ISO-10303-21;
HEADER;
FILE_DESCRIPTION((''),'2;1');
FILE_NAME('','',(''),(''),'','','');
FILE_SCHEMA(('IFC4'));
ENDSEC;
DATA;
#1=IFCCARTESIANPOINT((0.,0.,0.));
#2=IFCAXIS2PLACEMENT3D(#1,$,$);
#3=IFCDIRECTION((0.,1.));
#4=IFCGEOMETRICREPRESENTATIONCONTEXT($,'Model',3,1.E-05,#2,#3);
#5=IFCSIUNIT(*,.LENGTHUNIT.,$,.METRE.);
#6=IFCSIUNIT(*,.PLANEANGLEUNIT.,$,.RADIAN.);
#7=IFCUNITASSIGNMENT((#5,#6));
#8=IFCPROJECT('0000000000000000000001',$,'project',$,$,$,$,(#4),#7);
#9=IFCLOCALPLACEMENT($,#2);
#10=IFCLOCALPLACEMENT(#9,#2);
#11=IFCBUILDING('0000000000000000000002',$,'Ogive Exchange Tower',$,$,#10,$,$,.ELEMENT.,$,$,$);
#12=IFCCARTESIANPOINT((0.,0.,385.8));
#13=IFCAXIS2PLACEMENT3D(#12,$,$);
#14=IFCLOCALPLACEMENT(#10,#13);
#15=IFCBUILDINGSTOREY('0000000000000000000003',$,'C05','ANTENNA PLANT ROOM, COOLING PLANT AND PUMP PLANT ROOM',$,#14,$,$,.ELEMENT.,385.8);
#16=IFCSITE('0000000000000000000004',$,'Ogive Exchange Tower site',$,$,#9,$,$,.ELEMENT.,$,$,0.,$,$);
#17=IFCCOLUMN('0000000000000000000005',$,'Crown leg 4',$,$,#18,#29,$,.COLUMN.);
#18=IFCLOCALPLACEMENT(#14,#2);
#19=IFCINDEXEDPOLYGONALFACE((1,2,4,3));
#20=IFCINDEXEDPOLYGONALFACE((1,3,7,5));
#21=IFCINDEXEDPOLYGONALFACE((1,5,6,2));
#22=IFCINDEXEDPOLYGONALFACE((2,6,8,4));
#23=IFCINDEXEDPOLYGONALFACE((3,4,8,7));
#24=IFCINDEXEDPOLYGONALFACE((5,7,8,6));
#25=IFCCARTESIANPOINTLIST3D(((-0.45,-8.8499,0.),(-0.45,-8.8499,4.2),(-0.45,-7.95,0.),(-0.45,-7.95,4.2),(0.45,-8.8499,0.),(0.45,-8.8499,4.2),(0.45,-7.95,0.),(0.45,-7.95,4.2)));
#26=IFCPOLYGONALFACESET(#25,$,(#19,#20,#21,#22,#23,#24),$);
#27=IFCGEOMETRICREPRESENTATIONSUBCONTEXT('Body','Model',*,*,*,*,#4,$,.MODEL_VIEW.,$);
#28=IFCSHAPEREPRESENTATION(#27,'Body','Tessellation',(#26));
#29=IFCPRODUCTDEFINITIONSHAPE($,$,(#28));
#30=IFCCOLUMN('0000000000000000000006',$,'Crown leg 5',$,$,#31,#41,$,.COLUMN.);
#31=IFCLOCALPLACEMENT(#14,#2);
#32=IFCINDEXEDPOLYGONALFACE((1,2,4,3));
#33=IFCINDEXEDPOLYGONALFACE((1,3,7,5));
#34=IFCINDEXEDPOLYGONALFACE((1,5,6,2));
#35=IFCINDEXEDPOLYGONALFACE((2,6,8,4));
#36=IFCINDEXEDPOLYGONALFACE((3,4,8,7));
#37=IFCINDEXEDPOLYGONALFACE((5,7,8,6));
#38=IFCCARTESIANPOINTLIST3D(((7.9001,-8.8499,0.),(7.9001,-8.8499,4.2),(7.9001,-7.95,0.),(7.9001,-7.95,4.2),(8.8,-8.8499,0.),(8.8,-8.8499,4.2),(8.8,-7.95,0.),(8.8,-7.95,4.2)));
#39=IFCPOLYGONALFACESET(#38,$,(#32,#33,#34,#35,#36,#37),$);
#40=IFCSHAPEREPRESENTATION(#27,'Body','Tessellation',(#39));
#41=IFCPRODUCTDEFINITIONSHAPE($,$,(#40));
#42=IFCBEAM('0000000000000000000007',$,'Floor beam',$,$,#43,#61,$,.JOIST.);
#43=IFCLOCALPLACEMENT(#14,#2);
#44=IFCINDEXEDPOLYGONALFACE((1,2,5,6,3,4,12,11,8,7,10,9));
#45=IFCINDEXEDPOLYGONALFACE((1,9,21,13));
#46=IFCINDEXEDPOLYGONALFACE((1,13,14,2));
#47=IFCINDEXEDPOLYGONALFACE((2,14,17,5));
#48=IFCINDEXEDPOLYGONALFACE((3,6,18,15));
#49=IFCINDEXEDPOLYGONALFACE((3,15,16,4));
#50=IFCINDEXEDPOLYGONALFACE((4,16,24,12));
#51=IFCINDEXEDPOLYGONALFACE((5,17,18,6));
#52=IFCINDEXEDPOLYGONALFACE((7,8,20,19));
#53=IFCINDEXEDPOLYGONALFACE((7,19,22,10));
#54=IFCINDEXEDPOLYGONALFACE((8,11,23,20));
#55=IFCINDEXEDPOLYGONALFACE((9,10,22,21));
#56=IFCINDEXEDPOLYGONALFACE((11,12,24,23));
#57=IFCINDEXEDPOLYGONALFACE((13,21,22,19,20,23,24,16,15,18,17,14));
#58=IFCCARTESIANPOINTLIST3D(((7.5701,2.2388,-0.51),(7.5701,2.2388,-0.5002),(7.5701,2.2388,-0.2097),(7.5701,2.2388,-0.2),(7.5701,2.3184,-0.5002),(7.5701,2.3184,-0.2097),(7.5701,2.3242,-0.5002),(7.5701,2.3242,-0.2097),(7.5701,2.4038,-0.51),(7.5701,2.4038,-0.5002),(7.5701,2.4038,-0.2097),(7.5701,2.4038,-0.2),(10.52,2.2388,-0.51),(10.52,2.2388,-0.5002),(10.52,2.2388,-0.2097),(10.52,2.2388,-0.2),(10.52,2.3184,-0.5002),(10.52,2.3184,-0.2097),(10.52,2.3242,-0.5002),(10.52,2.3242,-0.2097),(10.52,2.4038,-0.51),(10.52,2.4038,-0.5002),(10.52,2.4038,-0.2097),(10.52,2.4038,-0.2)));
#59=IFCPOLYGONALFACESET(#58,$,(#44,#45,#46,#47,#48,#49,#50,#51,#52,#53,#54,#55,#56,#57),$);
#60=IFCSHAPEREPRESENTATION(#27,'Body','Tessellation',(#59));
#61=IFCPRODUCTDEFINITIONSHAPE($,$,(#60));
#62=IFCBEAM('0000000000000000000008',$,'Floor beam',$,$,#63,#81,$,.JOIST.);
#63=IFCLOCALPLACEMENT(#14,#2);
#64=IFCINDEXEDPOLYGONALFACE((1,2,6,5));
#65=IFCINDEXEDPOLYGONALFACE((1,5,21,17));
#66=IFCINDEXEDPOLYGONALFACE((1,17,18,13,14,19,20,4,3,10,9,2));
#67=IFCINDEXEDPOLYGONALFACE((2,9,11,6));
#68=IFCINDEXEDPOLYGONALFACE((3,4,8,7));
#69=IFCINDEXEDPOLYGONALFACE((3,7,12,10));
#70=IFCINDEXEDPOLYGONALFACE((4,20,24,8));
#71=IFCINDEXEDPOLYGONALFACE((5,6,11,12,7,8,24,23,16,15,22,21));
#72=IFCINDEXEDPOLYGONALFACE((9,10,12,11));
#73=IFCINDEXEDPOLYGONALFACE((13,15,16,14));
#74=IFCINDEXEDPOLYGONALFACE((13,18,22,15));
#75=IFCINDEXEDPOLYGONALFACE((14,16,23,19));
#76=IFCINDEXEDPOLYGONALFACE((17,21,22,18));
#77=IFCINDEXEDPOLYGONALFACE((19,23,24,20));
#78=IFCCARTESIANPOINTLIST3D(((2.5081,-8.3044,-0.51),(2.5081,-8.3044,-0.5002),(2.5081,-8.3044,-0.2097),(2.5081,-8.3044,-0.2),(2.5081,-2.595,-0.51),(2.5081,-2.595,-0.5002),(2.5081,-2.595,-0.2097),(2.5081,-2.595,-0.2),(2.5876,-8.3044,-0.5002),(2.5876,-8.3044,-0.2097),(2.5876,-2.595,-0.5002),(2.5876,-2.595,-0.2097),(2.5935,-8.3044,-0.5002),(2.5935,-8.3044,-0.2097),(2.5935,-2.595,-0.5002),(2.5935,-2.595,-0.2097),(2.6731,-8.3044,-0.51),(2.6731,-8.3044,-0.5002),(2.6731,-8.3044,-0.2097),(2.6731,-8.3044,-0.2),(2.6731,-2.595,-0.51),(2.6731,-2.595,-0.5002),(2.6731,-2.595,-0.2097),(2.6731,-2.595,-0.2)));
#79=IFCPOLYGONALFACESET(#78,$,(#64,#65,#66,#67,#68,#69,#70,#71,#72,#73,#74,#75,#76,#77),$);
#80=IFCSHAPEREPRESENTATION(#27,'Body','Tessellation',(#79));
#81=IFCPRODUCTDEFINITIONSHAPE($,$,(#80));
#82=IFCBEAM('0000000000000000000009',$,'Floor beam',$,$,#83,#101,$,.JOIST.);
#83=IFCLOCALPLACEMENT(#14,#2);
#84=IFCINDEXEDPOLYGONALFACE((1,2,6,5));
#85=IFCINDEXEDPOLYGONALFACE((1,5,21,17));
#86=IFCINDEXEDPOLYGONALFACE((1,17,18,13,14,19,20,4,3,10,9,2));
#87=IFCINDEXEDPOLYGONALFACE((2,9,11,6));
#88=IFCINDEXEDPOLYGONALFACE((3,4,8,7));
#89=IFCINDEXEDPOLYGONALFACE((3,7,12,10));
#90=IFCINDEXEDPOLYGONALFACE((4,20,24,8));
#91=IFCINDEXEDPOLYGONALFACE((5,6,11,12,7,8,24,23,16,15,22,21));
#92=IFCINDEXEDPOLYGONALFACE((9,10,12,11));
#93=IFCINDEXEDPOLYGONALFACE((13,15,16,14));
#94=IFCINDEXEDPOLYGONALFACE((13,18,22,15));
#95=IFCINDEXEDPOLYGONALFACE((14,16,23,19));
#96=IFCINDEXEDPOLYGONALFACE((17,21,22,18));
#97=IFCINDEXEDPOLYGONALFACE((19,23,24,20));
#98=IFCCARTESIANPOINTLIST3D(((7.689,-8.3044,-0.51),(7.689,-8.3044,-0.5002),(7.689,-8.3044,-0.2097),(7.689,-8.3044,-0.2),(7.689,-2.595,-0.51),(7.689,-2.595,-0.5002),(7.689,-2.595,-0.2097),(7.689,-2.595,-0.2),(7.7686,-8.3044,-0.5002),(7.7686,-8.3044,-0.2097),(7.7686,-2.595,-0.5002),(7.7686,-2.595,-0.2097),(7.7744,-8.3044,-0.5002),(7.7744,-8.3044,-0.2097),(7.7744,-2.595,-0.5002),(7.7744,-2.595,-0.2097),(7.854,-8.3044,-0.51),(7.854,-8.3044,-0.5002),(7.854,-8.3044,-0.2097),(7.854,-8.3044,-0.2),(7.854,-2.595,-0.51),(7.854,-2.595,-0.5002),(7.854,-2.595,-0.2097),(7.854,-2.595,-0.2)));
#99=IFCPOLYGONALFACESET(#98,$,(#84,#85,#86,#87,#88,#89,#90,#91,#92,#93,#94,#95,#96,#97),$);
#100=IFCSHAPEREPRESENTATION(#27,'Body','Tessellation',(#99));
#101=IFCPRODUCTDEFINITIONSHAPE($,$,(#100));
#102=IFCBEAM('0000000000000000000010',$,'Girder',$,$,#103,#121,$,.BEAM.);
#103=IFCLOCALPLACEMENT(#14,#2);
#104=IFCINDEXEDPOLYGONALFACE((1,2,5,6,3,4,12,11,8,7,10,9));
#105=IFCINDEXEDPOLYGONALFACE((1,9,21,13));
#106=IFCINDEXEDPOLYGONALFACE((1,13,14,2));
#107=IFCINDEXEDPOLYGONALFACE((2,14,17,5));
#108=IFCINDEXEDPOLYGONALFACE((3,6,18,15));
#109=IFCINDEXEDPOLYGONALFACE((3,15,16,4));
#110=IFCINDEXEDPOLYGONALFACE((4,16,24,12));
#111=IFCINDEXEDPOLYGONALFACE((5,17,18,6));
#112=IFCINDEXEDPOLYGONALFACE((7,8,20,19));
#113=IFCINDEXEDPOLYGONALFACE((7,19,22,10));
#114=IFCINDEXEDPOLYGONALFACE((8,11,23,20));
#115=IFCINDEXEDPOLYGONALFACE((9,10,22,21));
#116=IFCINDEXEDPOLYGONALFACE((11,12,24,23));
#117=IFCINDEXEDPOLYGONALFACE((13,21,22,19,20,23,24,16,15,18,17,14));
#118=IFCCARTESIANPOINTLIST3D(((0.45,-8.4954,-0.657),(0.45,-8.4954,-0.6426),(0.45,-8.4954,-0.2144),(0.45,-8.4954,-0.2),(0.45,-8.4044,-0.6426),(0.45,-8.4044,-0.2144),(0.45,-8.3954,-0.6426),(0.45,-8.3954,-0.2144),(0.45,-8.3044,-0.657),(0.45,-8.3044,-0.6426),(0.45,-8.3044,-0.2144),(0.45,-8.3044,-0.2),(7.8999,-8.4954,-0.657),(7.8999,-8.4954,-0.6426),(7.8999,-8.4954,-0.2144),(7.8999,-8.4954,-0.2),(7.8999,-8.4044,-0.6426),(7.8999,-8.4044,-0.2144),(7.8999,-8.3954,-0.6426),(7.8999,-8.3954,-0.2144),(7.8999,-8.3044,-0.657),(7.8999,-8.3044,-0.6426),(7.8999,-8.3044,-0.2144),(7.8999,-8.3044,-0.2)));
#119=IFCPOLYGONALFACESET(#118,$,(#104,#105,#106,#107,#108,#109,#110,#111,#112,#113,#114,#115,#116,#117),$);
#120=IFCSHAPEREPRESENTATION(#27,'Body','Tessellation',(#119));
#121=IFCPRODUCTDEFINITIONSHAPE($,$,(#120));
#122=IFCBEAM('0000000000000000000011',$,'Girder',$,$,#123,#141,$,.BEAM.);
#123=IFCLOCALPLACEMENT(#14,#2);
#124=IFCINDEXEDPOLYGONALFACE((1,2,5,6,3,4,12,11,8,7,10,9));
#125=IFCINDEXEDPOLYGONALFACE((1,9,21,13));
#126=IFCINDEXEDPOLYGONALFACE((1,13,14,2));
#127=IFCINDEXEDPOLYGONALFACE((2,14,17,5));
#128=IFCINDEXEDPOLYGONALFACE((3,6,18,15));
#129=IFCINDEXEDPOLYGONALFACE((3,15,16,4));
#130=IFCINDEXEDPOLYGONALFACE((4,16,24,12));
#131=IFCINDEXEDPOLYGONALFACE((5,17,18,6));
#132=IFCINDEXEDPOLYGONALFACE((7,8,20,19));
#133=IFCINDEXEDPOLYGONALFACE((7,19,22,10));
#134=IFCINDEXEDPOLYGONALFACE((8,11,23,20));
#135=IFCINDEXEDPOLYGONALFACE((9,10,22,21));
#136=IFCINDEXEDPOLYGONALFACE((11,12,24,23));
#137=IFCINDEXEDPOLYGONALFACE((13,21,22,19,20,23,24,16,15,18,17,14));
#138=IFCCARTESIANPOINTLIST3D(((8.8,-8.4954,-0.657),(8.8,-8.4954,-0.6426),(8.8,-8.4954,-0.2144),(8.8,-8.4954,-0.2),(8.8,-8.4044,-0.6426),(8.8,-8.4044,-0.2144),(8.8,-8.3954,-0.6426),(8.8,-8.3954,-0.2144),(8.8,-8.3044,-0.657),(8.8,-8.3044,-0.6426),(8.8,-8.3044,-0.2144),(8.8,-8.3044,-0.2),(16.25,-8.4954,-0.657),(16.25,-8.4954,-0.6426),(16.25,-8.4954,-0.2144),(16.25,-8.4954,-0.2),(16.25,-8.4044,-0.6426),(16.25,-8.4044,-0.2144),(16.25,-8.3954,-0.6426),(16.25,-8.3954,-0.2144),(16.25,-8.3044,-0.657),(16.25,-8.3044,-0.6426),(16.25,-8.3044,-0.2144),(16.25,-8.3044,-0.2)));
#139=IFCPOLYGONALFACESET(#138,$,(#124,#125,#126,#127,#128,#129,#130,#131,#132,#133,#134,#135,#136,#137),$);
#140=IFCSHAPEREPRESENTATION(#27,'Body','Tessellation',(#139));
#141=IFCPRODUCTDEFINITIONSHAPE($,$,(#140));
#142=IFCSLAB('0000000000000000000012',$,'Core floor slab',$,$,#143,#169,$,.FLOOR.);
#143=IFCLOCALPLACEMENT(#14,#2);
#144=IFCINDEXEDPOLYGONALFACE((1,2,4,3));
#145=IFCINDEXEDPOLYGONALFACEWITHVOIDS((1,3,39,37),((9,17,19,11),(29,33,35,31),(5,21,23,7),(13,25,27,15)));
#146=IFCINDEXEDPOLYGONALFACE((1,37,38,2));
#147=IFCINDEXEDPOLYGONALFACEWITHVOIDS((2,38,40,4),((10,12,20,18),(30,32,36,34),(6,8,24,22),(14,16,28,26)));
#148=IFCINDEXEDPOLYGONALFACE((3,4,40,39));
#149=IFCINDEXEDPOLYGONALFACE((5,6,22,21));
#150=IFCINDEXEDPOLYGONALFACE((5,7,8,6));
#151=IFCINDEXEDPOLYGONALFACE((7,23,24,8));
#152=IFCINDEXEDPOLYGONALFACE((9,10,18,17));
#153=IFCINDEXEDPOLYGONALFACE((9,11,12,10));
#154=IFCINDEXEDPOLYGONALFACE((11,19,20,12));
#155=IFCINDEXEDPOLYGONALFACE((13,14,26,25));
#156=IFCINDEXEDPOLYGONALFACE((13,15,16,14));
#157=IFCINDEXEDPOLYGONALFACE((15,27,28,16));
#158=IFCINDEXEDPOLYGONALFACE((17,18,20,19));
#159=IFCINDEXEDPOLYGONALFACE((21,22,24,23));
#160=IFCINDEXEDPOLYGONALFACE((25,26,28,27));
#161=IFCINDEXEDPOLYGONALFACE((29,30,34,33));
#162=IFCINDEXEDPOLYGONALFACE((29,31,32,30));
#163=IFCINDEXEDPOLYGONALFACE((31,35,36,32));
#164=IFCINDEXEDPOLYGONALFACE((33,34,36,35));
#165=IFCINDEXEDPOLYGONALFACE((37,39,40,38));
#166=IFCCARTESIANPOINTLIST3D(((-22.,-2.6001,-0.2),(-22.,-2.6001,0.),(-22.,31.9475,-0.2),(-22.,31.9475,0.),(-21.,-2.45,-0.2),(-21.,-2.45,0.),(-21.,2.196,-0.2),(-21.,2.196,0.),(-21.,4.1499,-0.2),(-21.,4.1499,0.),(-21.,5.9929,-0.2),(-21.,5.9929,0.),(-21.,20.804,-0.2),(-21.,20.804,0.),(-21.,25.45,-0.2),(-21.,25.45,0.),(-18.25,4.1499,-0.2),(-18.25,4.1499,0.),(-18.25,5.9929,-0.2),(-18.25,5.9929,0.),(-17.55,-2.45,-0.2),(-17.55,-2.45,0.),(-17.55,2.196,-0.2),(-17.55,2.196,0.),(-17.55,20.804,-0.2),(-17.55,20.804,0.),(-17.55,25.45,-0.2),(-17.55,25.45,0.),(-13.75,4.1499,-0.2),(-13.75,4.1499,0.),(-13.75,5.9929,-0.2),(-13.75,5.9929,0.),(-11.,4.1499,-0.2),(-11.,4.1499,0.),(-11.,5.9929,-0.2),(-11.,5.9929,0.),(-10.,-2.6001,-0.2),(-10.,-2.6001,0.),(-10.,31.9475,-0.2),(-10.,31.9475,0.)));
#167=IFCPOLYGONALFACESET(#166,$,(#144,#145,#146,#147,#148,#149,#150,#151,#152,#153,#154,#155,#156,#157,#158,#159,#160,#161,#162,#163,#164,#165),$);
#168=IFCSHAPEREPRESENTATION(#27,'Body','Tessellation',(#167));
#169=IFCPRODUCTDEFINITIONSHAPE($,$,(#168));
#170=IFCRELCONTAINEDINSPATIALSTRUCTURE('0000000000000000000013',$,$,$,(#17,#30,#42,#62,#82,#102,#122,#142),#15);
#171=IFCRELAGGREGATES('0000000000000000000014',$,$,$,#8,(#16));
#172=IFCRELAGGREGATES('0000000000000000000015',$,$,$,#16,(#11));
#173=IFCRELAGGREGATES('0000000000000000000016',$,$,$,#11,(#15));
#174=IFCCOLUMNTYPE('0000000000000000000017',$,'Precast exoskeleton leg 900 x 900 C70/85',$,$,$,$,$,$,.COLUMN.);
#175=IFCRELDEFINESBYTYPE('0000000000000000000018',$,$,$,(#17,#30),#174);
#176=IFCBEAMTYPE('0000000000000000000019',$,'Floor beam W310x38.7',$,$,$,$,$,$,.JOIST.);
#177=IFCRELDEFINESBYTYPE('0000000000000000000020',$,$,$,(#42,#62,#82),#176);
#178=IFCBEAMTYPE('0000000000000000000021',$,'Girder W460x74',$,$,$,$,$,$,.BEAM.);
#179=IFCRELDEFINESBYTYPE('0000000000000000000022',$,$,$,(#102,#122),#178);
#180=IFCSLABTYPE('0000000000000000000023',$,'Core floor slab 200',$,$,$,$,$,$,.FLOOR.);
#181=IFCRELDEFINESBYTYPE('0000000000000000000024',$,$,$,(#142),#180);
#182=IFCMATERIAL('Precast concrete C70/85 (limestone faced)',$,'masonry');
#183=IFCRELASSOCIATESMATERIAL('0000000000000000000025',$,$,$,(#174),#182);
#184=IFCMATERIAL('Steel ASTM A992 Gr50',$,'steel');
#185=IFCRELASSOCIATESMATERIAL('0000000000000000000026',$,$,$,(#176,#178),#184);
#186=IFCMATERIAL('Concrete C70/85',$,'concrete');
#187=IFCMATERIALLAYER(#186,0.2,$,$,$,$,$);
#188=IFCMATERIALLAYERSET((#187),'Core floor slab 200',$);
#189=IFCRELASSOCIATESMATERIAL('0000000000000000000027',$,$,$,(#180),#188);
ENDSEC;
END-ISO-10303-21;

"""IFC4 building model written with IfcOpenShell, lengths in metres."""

from ifc_helpers import new_model, si_unit, direction, frame, origin, origin_2d, place, context, subcontext, project, spatial, polyline, rectangle, i_section, outline, extrude, material, layer, layer_set, material_profile, profile_set, type_object, element, save


model = new_model("IFC4")

# Units and contexts
model_context = context("Model", 3, precision=1e-05, world=origin(), true_north=direction((0.0, 1.0)))
body_context = subcontext(model_context, "Body", "Model", "MODEL_VIEW")
ifc_project = project(units=[si_unit("LENGTHUNIT", "METRE"), si_unit("PLANEANGLEUNIT", "RADIAN")], contexts=[model_context])

# Site, building, storey
site_placement = place(None, origin())
site = spatial("IfcSite", under=ifc_project, at=site_placement, Name="Ogive Exchange Tower site", CompositionType="ELEMENT", RefElevation=0.0)
building_placement = place(site_placement, origin())
building = spatial("IfcBuilding", under=site, at=building_placement, Name="Ogive Exchange Tower", CompositionType="ELEMENT")
storey_placement = place(building_placement, frame((0.0, 0.0, 385.8)))
storey = spatial("IfcBuildingStorey", under=building, at=storey_placement, Name="C05", Description="ANTENNA PLANT ROOM, COOLING PLANT AND PUMP PLANT ROOM", CompositionType="ELEMENT", Elevation=385.8)

# Columns
ifc_material_1 = material(Name="Precast concrete C70/85 (limestone faced)", Category="masonry")
ifc_material_profile_1 = material_profile(ifc_material_1, rectangle(XDim=0.8999, YDim=0.8999, at=origin_2d()), Name="900 x 900")
ifc_profile_set_1 = profile_set([ifc_material_profile_1], Name="Precast concrete C70/85 (limestone faced)")
column_type = type_object("IfcColumnType", Name="Precast exoskeleton leg 900 x 900 C70/85", PredefinedType="COLUMN", material=ifc_profile_set_1)
for number, where, z_axis, x_axis, name in (
    (1, (0.0, -8.3999, 0.0), (0.0, 0.0, 1.0), (1.0, 0.0, 0.0), "Crown leg 4"),
    (2, (8.3501, -8.3999, 0.0), (0.0, 0.0, 1.0), (1.0, 0.0, 0.0), "Crown leg 5"),
):
    element("IfcColumn", number, at=place(storey_placement, frame(where, z_axis=z_axis, x_axis=x_axis)), inside=storey, type_object=column_type, Name=name, PredefinedType="COLUMN", context=body_context, shape_type="SweptSolid", body=[
        extrude(rectangle(XDim=0.8999, YDim=0.8999, at=origin_2d()), origin(), (0.0, 0.0, 1.0), 4.2),
    ])

# Beams
ifc_material_2 = material(Name="Steel ASTM A992 Gr50", Category="steel")
ifc_material_profile_2 = material_profile(ifc_material_2, i_section(OverallWidth=0.165, OverallDepth=0.3101, WebThickness=0.0059, FlangeThickness=0.0098, at=origin_2d()), Name="W310x38.7")
ifc_profile_set_2 = profile_set([ifc_material_profile_2], Name="Steel ASTM A992 Gr50")
beam_type_1 = type_object("IfcBeamType", Name="Floor beam W310x38.7", PredefinedType="JOIST", material=ifc_profile_set_2)
beam_placement = place(storey_placement, frame((7.5701, 2.3213, -0.355), z_axis=(1.0, 0.0, 0.0), x_axis=(0.0, 1.0, 0.0)))
element("IfcBeam", 3, at=beam_placement, inside=storey, type_object=beam_type_1, Name="Floor beam", PredefinedType="JOIST", context=body_context, shape_type="SweptSolid", body=[
    extrude(i_section(OverallWidth=0.165, OverallDepth=0.3101, WebThickness=0.0059, FlangeThickness=0.0098, at=origin_2d()), origin(), (0.0, 0.0, 1.0), 2.95),
])
for number, where, z_axis, x_axis, name in (
    (4, (2.5906, -8.3044, -0.355), (0.0, 1.0, 0.0), (-1.0, 0.0, 0.0), "Floor beam"),
    (5, (7.7715, -8.3044, -0.355), (0.0, 1.0, 0.0), (-1.0, 0.0, 0.0), "Floor beam"),
):
    element("IfcBeam", number, at=place(storey_placement, frame(where, z_axis=z_axis, x_axis=x_axis)), inside=storey, type_object=beam_type_1, Name=name, PredefinedType="JOIST", context=body_context, shape_type="SweptSolid", body=[
        extrude(i_section(OverallWidth=0.165, OverallDepth=0.3101, WebThickness=0.0059, FlangeThickness=0.0098, at=origin_2d()), origin(), (0.0, 0.0, 1.0), 5.7095),
    ])
ifc_material_profile_3 = material_profile(ifc_material_2, i_section(OverallWidth=0.1909, OverallDepth=0.457, WebThickness=0.009, FlangeThickness=0.0144, at=origin_2d()), Name="W460x74")
ifc_profile_set_3 = profile_set([ifc_material_profile_3], Name="Steel ASTM A992 Gr50")
beam_type_2 = type_object("IfcBeamType", Name="Girder W460x74", PredefinedType="BEAM", material=ifc_profile_set_3)
for number, where, z_axis, x_axis, name in (
    (6, (0.45, -8.3999, -0.4285), (1.0, 0.0, 0.0), (0.0, 1.0, 0.0), "Girder"),
    (7, (8.8, -8.3999, -0.4285), (1.0, 0.0, 0.0), (0.0, 1.0, 0.0), "Girder"),
):
    element("IfcBeam", number, at=place(storey_placement, frame(where, z_axis=z_axis, x_axis=x_axis)), inside=storey, type_object=beam_type_2, Name=name, PredefinedType="BEAM", context=body_context, shape_type="SweptSolid", body=[
        extrude(i_section(OverallWidth=0.1909, OverallDepth=0.457, WebThickness=0.009, FlangeThickness=0.0144, at=origin_2d()), origin(), (0.0, 0.0, 1.0), 7.45),
    ])

# Slab
ifc_material_3 = material(Name="Concrete C70/85", Category="concrete")
ifc_layer_1 = layer(ifc_material_3, 0.2)
ifc_layer_set_1 = layer_set([ifc_layer_1], Name="Core floor slab 200")
slab_type_1 = type_object("IfcSlabType", Name="Core floor slab 200", PredefinedType="FLOOR", material=ifc_layer_set_1)
slab_1_placement = place(storey_placement, frame((0.0, 0.0, -0.2)))
element("IfcSlab", 8, at=slab_1_placement, inside=storey, type_object=slab_type_1, Name="Core floor slab", PredefinedType="FLOOR", context=body_context, shape_type="SweptSolid", body=[
    extrude(outline(polyline([(-22.0, -2.6001), (-22.0, 31.9475), (-10.0, 31.9475), (-10.0, -2.6001), (-22.0, -2.6001)]), holes=[polyline([(-17.55, 2.196), (-21.0, 2.196), (-21.0, -2.45), (-17.55, -2.45), (-17.55, 2.196)]), polyline([(-21.0, 5.9929), (-21.0, 4.1499), (-18.25, 4.1499), (-18.25, 5.9929), (-21.0, 5.9929)]), polyline([(-13.75, 5.9929), (-13.75, 4.1499), (-11.0, 4.1499), (-11.0, 5.9929), (-13.75, 5.9929)]), polyline([(-21.0, 20.804), (-17.55, 20.804), (-17.55, 25.45), (-21.0, 25.45), (-21.0, 20.804)])]), origin(), (0.0, 0.0, 1.0), 0.2),
])

save(model, "model.ifc")
